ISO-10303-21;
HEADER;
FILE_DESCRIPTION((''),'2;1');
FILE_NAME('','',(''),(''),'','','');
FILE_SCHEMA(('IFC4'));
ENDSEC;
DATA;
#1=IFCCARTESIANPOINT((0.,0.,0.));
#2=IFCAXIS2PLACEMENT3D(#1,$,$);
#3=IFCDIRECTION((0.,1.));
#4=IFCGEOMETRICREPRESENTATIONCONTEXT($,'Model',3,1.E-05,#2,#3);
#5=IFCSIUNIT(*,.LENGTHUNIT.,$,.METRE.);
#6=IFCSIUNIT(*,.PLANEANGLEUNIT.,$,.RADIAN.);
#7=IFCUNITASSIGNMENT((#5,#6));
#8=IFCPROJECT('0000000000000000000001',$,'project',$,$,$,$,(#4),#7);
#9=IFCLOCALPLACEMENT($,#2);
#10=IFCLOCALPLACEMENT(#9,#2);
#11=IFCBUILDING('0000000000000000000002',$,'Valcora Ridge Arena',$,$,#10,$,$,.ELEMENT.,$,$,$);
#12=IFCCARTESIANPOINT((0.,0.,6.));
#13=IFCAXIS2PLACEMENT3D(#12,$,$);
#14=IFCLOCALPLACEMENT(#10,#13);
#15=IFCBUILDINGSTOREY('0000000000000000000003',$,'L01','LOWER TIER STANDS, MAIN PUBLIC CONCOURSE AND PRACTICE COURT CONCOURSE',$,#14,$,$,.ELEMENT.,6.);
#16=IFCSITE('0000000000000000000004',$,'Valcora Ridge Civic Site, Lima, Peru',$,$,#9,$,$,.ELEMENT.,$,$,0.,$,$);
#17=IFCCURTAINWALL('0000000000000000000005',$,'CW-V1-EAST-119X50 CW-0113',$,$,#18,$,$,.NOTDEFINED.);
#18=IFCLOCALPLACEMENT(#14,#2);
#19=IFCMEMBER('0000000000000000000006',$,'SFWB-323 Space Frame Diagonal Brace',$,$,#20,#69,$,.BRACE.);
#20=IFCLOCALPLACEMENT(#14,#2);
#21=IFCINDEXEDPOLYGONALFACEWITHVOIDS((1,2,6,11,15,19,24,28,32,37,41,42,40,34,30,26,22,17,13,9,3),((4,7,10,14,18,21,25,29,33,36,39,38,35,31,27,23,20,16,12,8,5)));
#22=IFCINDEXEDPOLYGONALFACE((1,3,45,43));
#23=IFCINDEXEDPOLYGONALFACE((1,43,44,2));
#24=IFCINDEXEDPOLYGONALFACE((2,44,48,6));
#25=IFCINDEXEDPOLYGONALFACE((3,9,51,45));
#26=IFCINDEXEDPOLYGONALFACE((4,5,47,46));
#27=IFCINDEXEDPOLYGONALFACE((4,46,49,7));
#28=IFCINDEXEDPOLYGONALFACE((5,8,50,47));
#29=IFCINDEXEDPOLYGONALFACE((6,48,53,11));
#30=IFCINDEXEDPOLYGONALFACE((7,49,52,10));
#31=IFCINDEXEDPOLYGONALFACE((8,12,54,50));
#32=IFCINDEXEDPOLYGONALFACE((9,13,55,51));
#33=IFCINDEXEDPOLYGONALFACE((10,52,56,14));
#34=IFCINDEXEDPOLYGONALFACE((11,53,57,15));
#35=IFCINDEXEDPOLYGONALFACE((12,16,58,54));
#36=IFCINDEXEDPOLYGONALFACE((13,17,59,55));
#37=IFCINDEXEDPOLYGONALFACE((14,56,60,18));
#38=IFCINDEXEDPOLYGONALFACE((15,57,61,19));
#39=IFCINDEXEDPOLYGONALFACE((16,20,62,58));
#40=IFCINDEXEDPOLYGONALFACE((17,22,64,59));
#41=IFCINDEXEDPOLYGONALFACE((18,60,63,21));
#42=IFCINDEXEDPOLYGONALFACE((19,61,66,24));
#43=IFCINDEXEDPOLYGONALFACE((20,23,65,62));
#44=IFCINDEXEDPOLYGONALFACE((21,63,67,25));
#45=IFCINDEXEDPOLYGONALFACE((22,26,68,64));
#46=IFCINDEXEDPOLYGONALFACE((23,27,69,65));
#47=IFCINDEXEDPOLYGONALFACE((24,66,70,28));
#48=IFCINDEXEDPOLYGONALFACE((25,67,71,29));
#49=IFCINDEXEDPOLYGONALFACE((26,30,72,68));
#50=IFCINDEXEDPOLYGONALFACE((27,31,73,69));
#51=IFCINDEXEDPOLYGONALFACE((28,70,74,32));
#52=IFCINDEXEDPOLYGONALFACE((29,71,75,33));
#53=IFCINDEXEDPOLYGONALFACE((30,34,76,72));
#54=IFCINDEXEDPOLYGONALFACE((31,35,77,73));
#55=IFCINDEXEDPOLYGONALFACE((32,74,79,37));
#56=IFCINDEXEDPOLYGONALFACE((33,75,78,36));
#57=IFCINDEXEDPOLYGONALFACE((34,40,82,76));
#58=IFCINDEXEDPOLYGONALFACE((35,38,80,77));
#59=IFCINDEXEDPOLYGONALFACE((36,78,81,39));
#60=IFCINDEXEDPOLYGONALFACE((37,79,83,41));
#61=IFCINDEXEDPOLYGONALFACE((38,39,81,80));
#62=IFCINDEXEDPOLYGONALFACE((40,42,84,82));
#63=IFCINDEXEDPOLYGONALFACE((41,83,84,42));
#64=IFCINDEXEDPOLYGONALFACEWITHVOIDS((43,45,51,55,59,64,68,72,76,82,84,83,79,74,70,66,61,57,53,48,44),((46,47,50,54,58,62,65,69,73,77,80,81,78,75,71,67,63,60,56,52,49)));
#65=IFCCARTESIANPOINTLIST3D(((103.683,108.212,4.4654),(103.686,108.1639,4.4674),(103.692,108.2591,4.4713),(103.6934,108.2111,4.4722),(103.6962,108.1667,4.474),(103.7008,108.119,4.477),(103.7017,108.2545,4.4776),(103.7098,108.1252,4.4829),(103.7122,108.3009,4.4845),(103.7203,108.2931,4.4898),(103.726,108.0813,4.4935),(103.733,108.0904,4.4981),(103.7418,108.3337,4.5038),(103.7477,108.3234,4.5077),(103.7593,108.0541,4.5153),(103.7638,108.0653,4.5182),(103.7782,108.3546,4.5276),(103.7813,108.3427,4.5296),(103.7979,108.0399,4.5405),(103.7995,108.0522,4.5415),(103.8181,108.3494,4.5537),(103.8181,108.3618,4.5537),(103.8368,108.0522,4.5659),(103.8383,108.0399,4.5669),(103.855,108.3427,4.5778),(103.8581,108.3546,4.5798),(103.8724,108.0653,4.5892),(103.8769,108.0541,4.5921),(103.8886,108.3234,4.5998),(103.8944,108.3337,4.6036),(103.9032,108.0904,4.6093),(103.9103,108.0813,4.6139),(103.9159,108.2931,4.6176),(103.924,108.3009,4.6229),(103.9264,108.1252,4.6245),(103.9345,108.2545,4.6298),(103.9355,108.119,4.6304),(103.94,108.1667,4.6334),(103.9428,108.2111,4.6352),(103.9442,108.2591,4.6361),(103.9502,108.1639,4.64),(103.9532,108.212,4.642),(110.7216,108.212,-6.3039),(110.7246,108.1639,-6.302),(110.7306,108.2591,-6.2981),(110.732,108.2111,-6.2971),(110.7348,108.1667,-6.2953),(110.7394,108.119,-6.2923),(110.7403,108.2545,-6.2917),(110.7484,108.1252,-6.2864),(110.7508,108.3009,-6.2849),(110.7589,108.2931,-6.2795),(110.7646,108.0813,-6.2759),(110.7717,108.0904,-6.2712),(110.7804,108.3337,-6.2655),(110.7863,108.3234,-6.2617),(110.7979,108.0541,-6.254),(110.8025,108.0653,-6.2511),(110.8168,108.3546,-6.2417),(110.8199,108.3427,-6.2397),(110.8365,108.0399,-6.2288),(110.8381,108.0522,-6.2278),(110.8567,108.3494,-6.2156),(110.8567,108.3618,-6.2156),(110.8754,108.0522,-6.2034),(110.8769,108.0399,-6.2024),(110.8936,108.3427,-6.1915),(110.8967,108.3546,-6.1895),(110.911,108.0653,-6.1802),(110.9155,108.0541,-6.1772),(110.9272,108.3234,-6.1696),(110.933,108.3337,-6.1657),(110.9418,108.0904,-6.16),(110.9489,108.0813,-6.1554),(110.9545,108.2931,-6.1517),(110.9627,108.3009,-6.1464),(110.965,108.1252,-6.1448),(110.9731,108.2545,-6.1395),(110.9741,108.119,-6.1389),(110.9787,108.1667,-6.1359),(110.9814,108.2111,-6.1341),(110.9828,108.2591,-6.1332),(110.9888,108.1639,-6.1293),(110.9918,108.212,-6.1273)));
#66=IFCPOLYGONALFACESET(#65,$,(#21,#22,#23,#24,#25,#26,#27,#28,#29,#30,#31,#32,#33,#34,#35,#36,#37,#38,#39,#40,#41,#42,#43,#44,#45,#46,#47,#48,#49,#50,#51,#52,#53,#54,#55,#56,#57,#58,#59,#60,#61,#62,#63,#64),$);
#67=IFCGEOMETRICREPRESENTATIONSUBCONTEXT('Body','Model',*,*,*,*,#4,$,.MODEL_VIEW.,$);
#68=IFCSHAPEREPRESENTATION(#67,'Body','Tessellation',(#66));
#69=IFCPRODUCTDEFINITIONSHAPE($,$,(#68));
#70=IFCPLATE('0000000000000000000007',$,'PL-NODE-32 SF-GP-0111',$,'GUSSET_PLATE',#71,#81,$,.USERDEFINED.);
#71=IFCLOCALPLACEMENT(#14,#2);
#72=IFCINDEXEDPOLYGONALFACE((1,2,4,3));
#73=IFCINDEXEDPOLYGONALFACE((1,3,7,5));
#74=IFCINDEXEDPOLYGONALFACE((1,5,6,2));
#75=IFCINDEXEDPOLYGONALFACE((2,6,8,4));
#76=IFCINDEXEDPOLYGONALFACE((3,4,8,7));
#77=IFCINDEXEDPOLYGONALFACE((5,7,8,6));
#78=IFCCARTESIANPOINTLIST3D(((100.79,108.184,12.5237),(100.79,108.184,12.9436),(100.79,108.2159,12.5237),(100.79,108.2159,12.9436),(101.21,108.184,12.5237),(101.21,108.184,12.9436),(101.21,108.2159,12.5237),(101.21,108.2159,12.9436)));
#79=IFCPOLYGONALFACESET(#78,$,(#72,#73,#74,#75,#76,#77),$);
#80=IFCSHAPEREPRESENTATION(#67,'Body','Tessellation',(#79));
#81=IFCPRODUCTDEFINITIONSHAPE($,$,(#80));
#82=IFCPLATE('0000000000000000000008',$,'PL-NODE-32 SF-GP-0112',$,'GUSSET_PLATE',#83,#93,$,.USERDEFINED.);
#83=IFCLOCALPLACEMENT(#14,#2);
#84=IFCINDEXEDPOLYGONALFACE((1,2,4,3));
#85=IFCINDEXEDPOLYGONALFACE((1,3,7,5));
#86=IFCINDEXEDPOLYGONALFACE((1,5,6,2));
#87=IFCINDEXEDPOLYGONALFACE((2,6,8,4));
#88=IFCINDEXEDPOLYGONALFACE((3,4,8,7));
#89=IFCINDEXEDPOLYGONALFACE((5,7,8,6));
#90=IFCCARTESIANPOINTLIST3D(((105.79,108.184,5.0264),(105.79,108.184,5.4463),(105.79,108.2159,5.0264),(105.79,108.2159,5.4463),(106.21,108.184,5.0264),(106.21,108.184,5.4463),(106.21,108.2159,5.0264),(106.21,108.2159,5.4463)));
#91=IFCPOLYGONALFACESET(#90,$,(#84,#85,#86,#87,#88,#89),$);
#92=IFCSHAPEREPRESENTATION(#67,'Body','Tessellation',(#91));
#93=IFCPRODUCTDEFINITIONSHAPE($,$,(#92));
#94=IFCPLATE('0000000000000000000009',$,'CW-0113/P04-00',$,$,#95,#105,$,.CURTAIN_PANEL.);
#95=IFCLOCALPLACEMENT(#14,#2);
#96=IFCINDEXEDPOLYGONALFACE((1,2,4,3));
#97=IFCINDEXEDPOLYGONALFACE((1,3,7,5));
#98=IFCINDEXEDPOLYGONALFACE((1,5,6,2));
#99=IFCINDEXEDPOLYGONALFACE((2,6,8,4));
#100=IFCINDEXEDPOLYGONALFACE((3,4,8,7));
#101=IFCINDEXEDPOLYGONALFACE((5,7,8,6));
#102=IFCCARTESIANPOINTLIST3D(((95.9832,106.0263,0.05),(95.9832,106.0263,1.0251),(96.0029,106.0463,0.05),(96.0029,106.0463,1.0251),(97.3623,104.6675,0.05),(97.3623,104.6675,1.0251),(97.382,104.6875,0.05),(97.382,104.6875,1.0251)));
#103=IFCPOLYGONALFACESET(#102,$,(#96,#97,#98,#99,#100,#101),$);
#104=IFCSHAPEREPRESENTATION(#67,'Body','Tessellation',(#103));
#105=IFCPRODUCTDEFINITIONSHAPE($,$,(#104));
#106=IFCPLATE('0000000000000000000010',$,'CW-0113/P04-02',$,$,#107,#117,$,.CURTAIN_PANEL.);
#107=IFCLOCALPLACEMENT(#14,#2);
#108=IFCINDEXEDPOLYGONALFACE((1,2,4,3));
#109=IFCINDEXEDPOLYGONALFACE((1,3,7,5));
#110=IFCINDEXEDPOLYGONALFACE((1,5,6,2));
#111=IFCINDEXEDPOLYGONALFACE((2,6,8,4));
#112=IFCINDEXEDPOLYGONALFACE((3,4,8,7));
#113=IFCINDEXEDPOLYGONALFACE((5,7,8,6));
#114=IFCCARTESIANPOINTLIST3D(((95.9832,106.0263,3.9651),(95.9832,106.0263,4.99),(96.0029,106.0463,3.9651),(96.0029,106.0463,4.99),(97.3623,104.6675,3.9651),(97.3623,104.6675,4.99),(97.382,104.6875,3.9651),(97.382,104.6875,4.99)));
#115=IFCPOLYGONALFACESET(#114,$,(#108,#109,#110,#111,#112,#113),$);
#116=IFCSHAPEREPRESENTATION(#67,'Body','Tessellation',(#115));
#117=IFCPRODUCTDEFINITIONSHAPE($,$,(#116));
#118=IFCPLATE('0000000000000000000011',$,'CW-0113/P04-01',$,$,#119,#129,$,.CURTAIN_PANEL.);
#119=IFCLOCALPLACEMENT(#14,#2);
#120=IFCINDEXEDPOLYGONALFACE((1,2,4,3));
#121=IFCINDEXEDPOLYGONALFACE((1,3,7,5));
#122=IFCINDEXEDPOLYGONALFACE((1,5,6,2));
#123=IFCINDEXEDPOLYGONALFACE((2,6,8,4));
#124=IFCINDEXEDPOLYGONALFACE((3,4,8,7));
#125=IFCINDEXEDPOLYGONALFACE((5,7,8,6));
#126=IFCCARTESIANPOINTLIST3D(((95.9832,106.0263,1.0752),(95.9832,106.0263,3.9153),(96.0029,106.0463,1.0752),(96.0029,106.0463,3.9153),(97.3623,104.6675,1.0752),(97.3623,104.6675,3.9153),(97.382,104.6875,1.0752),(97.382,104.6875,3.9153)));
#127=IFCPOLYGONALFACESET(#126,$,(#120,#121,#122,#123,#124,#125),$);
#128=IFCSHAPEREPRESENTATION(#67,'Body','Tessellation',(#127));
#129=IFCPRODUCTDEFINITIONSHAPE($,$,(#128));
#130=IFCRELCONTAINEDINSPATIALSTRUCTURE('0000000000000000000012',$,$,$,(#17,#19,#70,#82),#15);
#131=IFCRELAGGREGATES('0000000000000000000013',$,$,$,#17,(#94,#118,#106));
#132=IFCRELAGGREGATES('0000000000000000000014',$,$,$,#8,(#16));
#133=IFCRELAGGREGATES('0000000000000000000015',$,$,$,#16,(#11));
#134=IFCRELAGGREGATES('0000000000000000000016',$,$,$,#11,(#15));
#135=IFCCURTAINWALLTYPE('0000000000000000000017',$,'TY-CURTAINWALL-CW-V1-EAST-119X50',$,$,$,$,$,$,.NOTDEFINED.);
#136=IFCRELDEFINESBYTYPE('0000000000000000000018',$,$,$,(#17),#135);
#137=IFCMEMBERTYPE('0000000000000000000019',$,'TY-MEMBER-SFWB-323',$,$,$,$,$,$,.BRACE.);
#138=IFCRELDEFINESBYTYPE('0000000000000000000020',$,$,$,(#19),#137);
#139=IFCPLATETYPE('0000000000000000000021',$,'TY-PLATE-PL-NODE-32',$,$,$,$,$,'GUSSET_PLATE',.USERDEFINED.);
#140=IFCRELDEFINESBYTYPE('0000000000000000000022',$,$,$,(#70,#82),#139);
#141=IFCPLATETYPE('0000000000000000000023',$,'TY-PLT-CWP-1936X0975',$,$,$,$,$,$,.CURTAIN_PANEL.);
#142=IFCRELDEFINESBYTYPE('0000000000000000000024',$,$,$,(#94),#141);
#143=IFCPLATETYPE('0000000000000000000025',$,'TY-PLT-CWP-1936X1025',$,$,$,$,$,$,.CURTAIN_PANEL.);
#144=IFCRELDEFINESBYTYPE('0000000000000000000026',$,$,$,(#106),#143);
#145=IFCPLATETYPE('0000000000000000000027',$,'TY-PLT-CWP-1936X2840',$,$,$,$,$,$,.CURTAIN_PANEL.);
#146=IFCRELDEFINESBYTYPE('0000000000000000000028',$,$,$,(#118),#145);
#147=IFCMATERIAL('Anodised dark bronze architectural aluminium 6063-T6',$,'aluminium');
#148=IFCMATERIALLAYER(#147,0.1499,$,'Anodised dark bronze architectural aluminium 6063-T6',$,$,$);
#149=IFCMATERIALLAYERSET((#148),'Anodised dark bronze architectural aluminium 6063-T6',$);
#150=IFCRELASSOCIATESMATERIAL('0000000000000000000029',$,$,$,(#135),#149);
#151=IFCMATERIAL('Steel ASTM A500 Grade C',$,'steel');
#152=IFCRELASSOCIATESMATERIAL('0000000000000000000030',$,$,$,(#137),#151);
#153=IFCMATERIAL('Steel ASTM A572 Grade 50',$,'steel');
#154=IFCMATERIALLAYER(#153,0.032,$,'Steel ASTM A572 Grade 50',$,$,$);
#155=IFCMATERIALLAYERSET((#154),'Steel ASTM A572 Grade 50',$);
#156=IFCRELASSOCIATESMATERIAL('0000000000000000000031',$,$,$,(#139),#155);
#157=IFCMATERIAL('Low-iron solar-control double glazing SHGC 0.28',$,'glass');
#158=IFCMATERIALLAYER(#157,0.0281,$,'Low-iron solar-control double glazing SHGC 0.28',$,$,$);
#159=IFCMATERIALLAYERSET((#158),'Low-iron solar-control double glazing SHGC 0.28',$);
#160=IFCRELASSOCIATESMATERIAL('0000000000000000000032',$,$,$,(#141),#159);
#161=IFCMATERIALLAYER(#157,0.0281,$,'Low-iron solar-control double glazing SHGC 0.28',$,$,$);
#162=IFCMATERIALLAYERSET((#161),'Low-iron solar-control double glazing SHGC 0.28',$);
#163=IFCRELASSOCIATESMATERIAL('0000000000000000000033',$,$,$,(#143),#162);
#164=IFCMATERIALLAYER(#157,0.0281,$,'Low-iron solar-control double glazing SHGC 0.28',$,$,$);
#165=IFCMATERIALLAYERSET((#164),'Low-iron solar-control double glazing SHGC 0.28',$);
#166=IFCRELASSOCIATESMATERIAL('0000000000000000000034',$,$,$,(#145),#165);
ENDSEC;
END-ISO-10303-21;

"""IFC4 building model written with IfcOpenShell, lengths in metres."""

from ifc_helpers import new_model, si_unit, direction, frame, origin, origin_2d, place, context, subcontext, project, spatial, rectangle, hollow_circle, extrude, material, layer, layer_set, material_profile, profile_set, type_object, element, aggregate, save


model = new_model("IFC4")

# Units and contexts
model_context = context("Model", 3, precision=1e-05, world=origin(), true_north=direction((0.0, 1.0)))
body_context = subcontext(model_context, "Body", "Model", "MODEL_VIEW")
ifc_project = project(units=[si_unit("LENGTHUNIT", "METRE"), si_unit("PLANEANGLEUNIT", "RADIAN")], contexts=[model_context])

# Site, building, storey
site_placement = place(None, origin())
site = spatial("IfcSite", under=ifc_project, at=site_placement, Name="Valcora Ridge Civic Site, Lima, Peru", CompositionType="ELEMENT", RefElevation=0.0)
building_placement = place(site_placement, origin())
building = spatial("IfcBuilding", under=site, at=building_placement, Name="Valcora Ridge Arena", CompositionType="ELEMENT")
storey_placement = place(building_placement, frame((0.0, 0.0, 6.0)))
storey = spatial("IfcBuildingStorey", under=building, at=storey_placement, Name="L01", Description="LOWER TIER STANDS, MAIN PUBLIC CONCOURSE AND PRACTICE COURT CONCOURSE", CompositionType="ELEMENT", Elevation=6.0)

# Shared definitions
ifc_material_1 = material(Name="Steel ASTM A572 Grade 50", Category="steel")

# Curtain wall
ifc_material_2 = material(Name="Anodised dark bronze architectural aluminium 6063-T6", Category="aluminium")
ifc_layer_1 = layer(ifc_material_2, 0.1499, Name="Anodised dark bronze architectural aluminium 6063-T6")
ifc_layer_set_1 = layer_set([ifc_layer_1], Name="Anodised dark bronze architectural aluminium 6063-T6")
curtain_wall_type = type_object("IfcCurtainWallType", Name="TY-CURTAINWALL-CW-V1-EAST-119X50", PredefinedType="NOTDEFINED", material=ifc_layer_set_1)
curtain_wall_placement = place(storey_placement, origin())
curtain_wall = element("IfcCurtainWall", 1, at=curtain_wall_placement, inside=storey, type_object=curtain_wall_type, Name="CW-V1-EAST-119X50 CW-0113", PredefinedType="NOTDEFINED")

# Member
ifc_material_3 = material(Name="Steel ASTM A500 Grade C", Category="steel")
ifc_material_profile_1 = material_profile(ifc_material_3, hollow_circle(Radius=0.1619, WallThickness=0.0125, at=origin_2d()), Name="CHS323X12")
ifc_profile_set_1 = profile_set([ifc_material_profile_1], Name="Steel ASTM A500 Grade C")
member_type_1 = type_object("IfcMemberType", Name="TY-MEMBER-SFWB-323", PredefinedType="BRACE", material=ifc_profile_set_1)
member_1_placement = place(storey_placement, frame((103.8181, 108.2, 4.5537), z_axis=(0.547092, 0.0, -0.837072), x_axis=(0.0, 1.0, 0.0)))
element("IfcMember", 2, at=member_1_placement, inside=storey, type_object=member_type_1, Name="SFWB-323 Space Frame Diagonal Brace", PredefinedType="BRACE", context=body_context, shape_type="SweptSolid", body=[
    extrude(hollow_circle(Radius=0.1619, WallThickness=0.0125, at=origin_2d()), origin(), (0.0, 0.0, 1.0), 12.8655),
])

# Plates
ifc_layer_2 = layer(ifc_material_1, 0.032, Name="Steel ASTM A572 Grade 50")
ifc_layer_set_2 = layer_set([ifc_layer_2], Name="Steel ASTM A572 Grade 50")
plate_type_1 = type_object("IfcPlateType", Name="TY-PLATE-PL-NODE-32", ElementType="GUSSET_PLATE", PredefinedType="USERDEFINED", material=ifc_layer_set_2)
for number, where, z_axis, x_axis, name in (
    (3, (101.0, 108.2, 12.5237), (0.0, 0.0, 1.0), (1.0, 0.0, 0.0), "PL-NODE-32 SF-GP-0111"),
    (4, (106.0, 108.2, 5.0264), (0.0, 0.0, 1.0), (1.0, 0.0, 0.0), "PL-NODE-32 SF-GP-0112"),
):
    element("IfcPlate", number, at=place(storey_placement, frame(where, z_axis=z_axis, x_axis=x_axis)), inside=storey, type_object=plate_type_1, Name=name, ObjectType="GUSSET_PLATE", PredefinedType="USERDEFINED", context=body_context, shape_type="SweptSolid", body=[
        extrude(rectangle(XDim=0.4199, YDim=0.032, at=origin_2d()), origin(), (0.0, 0.0, 1.0), 0.4199),
    ])

# Plates
ifc_material_4 = material(Name="Low-iron solar-control double glazing SHGC 0.28", Category="glass")
ifc_layer_3 = layer(ifc_material_4, 0.0281, Name="Low-iron solar-control double glazing SHGC 0.28")
ifc_layer_set_3 = layer_set([ifc_layer_3], Name="Low-iron solar-control double glazing SHGC 0.28")
plate_type_2 = type_object("IfcPlateType", Name="TY-PLT-CWP-1936X0975", PredefinedType="CURTAIN_PANEL", material=ifc_layer_set_3)
plate_1_placement = place(storey_placement, frame((96.6826, 105.3569, 0.05), z_axis=(0.0, 0.0, 1.0), x_axis=(-0.712327, 0.701847, 0.0)))
plate_1 = element("IfcPlate", 5, at=plate_1_placement, type_object=plate_type_2, Name="CW-0113/P04-00", PredefinedType="CURTAIN_PANEL", context=body_context, shape_type="SweptSolid", body=[
    extrude(rectangle(XDim=1.936, YDim=0.0281, at=origin_2d()), origin(), (0.0, 0.0, 1.0), 0.9751),
])
ifc_layer_4 = layer(ifc_material_4, 0.0281, Name="Low-iron solar-control double glazing SHGC 0.28")
ifc_layer_set_4 = layer_set([ifc_layer_4], Name="Low-iron solar-control double glazing SHGC 0.28")
plate_type_3 = type_object("IfcPlateType", Name="TY-PLT-CWP-1936X1025", PredefinedType="CURTAIN_PANEL", material=ifc_layer_set_4)
plate_2_placement = place(storey_placement, frame((96.6826, 105.3569, 3.9651), z_axis=(0.0, 0.0, 1.0), x_axis=(-0.712327, 0.701847, 0.0)))
plate_2 = element("IfcPlate", 6, at=plate_2_placement, type_object=plate_type_3, Name="CW-0113/P04-02", PredefinedType="CURTAIN_PANEL", context=body_context, shape_type="SweptSolid", body=[
    extrude(rectangle(XDim=1.936, YDim=0.0281, at=origin_2d()), origin(), (0.0, 0.0, 1.0), 1.0249),
])
ifc_layer_5 = layer(ifc_material_4, 0.0281, Name="Low-iron solar-control double glazing SHGC 0.28")
ifc_layer_set_5 = layer_set([ifc_layer_5], Name="Low-iron solar-control double glazing SHGC 0.28")
plate_type_4 = type_object("IfcPlateType", Name="TY-PLT-CWP-1936X2840", PredefinedType="CURTAIN_PANEL", material=ifc_layer_set_5)
plate_3_placement = place(storey_placement, frame((96.6826, 105.3569, 1.0752), z_axis=(0.0, 0.0, 1.0), x_axis=(-0.712327, 0.701847, 0.0)))
plate_3 = element("IfcPlate", 7, at=plate_3_placement, type_object=plate_type_4, Name="CW-0113/P04-01", PredefinedType="CURTAIN_PANEL", context=body_context, shape_type="SweptSolid", body=[
    extrude(rectangle(XDim=1.936, YDim=0.0281, at=origin_2d()), origin(), (0.0, 0.0, 1.0), 2.8401),
])
aggregate(curtain_wall, [plate_1, plate_3, plate_2])

save(model, "model.ifc")
